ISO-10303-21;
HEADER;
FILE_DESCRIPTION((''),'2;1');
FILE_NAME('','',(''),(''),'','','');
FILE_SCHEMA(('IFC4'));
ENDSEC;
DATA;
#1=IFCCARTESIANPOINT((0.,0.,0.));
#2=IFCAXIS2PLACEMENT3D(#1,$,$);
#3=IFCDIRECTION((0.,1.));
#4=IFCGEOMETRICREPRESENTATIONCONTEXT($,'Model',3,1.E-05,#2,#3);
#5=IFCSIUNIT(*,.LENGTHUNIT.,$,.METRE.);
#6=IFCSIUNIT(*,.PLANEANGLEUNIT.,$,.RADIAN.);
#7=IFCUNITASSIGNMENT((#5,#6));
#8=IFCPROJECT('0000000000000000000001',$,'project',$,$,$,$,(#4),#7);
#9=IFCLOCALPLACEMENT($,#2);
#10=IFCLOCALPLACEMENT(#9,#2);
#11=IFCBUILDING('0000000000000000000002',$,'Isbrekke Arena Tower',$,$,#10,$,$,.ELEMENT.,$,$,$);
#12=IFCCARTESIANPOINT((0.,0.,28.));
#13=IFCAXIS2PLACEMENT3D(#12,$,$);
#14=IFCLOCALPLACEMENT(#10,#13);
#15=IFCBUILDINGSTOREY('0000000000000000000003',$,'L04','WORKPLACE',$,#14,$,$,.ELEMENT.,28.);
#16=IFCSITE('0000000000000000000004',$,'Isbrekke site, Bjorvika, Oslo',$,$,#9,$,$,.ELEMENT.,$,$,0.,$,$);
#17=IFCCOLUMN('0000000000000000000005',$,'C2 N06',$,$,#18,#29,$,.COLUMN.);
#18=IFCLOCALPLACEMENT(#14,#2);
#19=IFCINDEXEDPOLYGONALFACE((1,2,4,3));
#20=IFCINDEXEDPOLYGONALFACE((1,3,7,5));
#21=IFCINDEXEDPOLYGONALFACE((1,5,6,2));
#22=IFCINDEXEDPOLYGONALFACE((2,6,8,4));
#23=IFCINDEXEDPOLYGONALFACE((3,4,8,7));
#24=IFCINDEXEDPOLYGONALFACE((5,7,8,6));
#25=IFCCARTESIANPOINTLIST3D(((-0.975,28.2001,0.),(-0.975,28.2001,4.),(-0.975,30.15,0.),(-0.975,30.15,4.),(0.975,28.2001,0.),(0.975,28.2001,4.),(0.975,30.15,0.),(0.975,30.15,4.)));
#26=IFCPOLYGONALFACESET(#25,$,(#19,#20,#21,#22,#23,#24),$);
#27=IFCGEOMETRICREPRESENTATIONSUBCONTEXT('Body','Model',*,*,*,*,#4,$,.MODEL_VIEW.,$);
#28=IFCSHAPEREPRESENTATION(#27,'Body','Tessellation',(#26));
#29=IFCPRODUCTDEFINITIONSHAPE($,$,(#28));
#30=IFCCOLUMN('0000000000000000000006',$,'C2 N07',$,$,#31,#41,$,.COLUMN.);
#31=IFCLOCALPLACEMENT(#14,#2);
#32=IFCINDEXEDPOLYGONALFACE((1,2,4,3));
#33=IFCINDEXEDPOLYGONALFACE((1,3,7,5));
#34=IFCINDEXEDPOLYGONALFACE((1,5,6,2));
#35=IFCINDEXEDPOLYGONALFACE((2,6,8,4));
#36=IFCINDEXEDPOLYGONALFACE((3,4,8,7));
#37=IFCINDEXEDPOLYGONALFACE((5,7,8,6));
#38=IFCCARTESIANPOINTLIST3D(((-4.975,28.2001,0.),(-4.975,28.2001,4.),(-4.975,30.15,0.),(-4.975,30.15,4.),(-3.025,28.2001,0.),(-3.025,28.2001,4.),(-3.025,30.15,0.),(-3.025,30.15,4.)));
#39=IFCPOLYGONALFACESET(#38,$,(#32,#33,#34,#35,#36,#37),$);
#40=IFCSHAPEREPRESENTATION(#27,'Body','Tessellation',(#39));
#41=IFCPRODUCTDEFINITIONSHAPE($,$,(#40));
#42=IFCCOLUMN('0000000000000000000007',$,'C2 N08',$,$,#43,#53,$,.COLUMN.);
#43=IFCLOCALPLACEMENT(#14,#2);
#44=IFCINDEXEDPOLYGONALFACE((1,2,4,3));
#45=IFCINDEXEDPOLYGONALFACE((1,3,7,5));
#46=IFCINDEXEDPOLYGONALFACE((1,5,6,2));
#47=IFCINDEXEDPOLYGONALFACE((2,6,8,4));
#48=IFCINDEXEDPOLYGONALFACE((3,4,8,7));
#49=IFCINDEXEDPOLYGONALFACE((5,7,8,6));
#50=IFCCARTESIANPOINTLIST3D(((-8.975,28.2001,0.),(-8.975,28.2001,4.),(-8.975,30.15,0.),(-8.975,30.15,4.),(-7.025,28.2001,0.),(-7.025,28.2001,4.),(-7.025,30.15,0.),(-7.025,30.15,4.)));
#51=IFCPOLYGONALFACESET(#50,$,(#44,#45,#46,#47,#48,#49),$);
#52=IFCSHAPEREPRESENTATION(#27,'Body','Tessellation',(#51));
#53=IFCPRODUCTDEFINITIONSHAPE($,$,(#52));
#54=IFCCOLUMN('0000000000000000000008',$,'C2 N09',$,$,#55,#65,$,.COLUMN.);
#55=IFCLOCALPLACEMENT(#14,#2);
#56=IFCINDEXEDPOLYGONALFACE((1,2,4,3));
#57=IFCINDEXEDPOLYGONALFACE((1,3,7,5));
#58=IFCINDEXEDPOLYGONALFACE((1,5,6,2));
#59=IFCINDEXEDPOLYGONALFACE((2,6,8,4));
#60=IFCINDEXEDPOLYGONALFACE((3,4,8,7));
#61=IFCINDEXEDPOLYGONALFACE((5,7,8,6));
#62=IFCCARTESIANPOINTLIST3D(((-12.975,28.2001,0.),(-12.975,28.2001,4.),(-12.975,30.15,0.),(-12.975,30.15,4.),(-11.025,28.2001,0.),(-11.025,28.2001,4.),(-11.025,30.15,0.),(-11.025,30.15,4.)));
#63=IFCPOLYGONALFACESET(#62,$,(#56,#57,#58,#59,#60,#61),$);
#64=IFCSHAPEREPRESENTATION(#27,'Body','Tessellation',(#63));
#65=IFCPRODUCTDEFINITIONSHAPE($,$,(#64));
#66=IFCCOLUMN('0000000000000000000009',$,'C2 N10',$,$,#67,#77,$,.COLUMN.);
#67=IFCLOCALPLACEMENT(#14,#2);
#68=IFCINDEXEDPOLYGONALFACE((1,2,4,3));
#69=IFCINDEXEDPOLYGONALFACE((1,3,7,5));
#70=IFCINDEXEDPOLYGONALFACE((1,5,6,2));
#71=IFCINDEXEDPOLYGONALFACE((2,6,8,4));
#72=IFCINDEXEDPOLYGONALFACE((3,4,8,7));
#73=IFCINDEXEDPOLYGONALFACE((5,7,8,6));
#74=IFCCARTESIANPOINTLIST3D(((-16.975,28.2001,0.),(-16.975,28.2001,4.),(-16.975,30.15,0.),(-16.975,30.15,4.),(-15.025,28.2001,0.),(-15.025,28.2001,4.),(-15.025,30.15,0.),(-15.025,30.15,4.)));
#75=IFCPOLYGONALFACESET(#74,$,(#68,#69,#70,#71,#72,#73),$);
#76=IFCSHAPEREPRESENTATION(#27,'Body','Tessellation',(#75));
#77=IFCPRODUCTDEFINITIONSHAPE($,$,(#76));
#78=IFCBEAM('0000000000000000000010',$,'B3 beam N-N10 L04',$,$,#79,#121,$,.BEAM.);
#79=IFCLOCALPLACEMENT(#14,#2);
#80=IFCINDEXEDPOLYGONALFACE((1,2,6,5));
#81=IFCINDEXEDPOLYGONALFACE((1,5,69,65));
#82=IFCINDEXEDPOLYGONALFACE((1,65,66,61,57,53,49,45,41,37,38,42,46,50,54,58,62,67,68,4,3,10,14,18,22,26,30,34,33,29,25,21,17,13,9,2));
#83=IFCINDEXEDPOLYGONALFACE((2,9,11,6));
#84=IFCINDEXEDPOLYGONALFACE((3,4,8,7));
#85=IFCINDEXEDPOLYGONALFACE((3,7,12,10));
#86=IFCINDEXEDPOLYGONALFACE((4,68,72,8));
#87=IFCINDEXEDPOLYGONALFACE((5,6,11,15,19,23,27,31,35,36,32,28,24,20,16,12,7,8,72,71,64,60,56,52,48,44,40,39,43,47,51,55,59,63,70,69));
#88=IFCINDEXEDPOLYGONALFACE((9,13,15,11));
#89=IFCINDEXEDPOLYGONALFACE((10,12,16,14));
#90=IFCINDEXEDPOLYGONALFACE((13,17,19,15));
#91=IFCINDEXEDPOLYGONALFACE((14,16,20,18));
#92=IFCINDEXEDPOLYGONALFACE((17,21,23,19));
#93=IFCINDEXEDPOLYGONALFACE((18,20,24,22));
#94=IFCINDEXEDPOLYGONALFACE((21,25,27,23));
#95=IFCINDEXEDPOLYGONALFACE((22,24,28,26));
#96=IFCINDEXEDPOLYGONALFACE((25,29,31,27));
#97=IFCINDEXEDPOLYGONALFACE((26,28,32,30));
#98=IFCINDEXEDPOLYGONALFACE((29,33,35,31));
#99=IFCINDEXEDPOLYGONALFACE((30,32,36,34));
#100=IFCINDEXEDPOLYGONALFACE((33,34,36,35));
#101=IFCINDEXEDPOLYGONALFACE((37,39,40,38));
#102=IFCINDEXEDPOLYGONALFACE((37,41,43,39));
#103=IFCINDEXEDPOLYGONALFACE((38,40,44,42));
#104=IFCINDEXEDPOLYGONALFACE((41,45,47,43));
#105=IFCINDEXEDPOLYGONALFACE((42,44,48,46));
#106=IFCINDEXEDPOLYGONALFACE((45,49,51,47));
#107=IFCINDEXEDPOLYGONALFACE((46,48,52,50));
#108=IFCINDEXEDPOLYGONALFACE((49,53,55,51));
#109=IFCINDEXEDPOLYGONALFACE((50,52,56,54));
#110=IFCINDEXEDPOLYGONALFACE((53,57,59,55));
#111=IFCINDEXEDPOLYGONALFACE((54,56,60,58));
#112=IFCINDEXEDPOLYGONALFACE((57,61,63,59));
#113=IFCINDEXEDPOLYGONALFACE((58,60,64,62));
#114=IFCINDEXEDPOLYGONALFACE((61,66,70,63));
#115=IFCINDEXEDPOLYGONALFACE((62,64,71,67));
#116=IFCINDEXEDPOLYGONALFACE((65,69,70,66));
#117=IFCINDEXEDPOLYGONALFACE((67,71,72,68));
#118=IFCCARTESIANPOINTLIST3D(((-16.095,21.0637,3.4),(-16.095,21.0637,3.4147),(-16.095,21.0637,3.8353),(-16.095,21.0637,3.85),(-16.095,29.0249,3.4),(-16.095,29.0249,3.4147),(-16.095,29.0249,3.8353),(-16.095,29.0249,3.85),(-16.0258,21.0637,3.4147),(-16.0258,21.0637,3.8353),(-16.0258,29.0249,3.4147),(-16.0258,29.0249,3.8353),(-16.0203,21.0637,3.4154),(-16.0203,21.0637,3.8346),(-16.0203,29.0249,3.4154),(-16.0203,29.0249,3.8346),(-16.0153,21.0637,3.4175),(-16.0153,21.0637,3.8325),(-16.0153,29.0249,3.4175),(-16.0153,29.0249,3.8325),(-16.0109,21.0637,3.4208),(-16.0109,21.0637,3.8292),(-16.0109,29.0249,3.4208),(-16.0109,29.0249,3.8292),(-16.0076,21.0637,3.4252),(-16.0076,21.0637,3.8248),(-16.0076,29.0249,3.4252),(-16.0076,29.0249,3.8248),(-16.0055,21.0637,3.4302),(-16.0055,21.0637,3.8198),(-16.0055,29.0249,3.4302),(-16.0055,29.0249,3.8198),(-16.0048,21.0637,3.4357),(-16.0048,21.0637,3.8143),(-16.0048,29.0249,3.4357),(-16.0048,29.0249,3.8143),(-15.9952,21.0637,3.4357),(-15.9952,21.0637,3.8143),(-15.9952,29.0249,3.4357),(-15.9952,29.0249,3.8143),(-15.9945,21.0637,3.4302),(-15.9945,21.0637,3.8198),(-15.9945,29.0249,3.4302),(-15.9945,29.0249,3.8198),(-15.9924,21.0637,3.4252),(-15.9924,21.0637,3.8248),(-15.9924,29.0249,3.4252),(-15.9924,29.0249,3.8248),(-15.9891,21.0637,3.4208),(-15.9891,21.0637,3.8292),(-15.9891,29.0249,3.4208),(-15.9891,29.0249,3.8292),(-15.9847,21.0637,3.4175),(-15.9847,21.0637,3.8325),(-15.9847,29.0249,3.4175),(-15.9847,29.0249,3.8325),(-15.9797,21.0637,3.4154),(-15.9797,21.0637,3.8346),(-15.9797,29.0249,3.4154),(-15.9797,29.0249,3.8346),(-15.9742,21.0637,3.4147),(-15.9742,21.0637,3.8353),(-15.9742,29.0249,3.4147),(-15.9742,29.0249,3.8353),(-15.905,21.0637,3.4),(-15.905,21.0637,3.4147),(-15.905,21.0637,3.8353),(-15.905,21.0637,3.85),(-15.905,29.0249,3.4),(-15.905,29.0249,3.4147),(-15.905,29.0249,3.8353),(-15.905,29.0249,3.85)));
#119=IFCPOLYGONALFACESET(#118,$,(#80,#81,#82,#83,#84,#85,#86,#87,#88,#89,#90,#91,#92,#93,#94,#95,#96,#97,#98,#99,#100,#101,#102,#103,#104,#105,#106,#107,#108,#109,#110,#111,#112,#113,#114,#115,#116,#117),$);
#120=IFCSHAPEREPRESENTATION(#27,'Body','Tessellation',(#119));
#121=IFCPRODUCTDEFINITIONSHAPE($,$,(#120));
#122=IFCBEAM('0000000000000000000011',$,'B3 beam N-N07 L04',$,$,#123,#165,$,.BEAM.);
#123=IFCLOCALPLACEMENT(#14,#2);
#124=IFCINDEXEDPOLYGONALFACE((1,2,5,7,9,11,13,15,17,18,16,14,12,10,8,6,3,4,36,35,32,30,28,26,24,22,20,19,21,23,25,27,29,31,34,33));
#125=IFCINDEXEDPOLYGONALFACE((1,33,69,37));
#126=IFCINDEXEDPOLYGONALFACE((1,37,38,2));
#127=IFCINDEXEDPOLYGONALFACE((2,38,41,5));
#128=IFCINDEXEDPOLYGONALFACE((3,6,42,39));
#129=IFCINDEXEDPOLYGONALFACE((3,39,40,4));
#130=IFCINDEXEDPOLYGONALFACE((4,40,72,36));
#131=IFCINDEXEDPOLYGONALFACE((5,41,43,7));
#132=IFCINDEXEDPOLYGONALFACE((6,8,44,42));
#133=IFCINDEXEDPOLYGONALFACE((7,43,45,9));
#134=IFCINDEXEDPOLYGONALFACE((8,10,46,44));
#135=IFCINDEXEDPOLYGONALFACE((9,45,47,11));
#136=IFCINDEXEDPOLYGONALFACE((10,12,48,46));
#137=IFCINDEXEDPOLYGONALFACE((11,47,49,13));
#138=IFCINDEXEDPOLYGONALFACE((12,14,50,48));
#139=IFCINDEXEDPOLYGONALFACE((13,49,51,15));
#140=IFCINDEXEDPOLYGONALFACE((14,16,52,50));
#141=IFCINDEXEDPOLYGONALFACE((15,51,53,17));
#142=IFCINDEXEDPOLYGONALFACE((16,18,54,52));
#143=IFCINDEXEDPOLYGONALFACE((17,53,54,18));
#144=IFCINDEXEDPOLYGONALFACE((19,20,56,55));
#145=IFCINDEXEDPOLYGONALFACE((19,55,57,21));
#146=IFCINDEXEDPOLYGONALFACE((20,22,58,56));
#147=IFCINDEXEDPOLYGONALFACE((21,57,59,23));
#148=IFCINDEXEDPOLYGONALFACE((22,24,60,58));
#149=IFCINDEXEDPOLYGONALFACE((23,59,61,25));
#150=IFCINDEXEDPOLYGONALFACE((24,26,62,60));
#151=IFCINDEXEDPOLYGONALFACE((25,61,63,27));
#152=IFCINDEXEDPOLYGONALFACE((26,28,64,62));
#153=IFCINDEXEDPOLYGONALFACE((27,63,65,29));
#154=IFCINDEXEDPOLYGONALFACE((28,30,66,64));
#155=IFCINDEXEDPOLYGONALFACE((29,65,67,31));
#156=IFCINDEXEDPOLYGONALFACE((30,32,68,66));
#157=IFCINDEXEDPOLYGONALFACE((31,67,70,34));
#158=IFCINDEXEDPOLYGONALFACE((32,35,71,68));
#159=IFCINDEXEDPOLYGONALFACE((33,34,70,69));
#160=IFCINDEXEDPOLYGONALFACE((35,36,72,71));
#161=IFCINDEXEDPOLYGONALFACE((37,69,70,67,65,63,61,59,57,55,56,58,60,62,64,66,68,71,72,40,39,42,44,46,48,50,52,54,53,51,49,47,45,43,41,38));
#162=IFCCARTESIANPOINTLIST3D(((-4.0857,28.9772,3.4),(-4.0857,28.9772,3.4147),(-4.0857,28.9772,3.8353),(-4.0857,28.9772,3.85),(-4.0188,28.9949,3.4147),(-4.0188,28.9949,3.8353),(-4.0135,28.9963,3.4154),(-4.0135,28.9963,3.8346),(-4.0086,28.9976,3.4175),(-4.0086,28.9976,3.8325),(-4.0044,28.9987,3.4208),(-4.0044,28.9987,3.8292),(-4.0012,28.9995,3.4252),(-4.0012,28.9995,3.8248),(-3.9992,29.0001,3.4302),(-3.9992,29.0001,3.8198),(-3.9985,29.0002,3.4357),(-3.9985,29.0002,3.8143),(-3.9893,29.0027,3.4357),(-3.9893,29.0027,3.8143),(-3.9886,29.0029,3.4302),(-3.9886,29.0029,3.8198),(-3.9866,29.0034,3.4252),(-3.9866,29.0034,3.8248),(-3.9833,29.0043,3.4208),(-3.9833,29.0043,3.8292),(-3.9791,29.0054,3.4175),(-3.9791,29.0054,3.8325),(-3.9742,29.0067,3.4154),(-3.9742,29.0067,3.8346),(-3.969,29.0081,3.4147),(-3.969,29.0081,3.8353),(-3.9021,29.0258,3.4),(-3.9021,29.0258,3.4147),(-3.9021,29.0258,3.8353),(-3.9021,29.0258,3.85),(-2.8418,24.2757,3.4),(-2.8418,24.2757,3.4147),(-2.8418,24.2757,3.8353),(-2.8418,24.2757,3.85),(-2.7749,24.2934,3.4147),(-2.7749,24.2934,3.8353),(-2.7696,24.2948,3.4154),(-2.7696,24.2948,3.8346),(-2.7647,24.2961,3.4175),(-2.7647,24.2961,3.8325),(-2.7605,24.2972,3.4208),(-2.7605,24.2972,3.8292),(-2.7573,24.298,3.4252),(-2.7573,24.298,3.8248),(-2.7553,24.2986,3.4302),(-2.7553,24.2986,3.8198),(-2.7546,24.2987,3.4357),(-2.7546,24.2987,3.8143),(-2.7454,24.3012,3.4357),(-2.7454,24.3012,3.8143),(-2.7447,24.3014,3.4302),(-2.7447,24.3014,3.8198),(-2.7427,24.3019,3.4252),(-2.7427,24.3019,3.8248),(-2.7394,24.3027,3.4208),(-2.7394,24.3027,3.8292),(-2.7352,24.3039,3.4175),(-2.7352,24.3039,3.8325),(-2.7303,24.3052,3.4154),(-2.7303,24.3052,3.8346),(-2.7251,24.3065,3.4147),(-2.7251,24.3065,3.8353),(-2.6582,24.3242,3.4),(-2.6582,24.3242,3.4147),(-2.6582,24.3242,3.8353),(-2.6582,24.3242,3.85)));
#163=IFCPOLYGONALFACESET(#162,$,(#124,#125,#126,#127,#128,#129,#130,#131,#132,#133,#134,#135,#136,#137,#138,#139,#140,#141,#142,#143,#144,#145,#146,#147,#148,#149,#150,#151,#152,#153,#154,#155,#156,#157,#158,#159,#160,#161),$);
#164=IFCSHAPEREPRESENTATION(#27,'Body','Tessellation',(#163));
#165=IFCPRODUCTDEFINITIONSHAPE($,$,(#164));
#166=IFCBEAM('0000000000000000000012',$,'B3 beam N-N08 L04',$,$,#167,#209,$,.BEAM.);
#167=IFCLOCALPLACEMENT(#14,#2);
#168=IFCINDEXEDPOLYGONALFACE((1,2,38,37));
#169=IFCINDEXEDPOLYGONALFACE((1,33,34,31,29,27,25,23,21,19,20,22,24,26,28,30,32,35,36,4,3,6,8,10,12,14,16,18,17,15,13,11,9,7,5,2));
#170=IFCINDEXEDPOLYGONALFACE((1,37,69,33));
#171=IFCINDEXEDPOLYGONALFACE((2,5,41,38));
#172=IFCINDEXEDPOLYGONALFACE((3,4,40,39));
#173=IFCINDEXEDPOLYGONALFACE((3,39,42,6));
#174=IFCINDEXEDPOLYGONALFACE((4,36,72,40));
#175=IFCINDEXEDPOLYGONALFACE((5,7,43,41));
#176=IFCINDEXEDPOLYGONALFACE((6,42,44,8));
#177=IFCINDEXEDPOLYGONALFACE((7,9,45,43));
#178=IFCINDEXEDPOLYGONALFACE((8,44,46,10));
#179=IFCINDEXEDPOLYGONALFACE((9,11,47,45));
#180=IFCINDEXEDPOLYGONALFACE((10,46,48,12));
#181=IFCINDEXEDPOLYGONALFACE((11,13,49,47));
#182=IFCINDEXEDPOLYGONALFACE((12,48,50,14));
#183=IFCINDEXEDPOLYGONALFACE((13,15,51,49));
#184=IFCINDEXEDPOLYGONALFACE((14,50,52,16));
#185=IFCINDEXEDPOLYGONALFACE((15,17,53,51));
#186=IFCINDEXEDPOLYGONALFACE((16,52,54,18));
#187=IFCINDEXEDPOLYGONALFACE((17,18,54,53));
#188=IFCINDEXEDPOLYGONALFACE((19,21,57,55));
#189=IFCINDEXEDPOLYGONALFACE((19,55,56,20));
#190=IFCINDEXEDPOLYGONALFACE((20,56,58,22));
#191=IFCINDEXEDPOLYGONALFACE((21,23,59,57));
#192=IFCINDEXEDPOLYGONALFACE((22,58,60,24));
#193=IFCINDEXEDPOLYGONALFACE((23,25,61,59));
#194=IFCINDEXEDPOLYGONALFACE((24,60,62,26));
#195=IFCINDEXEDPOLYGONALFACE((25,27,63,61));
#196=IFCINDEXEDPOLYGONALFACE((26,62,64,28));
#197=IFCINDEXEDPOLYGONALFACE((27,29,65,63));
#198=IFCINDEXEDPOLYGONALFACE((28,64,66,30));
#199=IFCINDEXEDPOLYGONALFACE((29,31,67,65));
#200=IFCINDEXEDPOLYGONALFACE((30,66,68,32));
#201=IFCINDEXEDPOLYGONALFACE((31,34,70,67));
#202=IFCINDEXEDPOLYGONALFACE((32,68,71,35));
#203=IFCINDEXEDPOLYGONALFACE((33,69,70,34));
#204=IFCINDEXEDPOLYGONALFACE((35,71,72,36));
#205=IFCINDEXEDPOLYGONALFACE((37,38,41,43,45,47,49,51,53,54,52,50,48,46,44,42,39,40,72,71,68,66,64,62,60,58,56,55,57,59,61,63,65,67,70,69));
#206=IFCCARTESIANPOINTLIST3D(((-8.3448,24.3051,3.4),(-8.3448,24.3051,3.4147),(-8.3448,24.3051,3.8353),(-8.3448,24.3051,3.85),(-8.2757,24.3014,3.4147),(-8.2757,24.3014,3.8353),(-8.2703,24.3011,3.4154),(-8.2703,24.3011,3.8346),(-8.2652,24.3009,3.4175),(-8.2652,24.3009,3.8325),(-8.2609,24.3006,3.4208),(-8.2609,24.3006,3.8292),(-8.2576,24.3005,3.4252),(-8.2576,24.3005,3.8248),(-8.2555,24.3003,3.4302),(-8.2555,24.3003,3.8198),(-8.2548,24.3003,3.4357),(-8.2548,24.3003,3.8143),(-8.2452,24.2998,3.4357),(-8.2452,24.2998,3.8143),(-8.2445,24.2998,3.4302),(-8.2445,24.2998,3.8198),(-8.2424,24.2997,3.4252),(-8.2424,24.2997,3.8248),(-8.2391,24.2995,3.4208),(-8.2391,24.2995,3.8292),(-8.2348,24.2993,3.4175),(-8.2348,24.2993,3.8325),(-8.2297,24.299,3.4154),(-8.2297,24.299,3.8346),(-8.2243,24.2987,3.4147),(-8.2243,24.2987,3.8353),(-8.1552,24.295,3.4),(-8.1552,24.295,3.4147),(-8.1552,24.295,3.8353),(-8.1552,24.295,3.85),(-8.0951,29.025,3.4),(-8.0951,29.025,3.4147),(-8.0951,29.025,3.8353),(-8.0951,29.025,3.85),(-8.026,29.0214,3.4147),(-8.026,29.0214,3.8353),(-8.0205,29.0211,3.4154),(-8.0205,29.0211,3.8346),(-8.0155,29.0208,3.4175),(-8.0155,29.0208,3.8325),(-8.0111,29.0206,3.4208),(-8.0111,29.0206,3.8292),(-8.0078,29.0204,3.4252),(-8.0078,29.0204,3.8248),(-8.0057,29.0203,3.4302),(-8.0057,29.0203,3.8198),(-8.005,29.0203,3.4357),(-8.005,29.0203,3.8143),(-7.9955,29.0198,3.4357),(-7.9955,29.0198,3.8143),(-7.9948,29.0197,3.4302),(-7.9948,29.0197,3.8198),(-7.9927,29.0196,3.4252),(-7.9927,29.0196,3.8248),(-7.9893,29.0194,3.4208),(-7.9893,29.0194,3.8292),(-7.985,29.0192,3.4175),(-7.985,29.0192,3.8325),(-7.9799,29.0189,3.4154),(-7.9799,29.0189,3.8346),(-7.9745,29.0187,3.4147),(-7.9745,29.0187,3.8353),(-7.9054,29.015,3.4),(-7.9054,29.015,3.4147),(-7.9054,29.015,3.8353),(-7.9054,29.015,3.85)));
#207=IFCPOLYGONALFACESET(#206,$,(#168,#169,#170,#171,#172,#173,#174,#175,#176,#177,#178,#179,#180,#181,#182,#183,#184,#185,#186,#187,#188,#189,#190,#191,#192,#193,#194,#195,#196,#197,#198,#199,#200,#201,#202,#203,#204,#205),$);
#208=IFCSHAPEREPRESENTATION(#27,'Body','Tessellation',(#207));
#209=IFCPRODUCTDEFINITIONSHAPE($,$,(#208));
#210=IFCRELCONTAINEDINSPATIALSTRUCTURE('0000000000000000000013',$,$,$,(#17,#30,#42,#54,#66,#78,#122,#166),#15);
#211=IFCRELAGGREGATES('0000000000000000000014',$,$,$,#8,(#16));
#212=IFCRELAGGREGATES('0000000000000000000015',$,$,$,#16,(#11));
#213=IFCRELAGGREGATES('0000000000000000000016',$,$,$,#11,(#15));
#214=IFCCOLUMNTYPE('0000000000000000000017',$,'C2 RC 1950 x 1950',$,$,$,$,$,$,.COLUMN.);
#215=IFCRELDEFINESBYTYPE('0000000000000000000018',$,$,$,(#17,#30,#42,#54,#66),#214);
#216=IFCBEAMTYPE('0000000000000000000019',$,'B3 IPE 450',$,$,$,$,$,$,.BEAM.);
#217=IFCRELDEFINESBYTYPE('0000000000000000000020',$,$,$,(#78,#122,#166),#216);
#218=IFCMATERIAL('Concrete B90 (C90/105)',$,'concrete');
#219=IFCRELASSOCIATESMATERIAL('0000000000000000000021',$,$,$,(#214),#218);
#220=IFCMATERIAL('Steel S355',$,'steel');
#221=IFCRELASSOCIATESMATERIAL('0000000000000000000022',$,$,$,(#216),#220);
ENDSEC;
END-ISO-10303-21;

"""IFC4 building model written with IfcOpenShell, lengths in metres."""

from ifc_helpers import new_model, si_unit, direction, frame, origin, origin_2d, place, context, subcontext, project, spatial, rectangle, i_section, extrude, material, material_profile, profile_set, type_object, element, save


model = new_model("IFC4")

# Units and contexts
model_context = context("Model", 3, precision=1e-05, world=origin(), true_north=direction((0.0, 1.0)))
body_context = subcontext(model_context, "Body", "Model", "MODEL_VIEW")
ifc_project = project(units=[si_unit("LENGTHUNIT", "METRE"), si_unit("PLANEANGLEUNIT", "RADIAN")], contexts=[model_context])

# Site, building, storey
site_placement = place(None, origin())
site = spatial("IfcSite", under=ifc_project, at=site_placement, Name="Isbrekke site, Bjorvika, Oslo", CompositionType="ELEMENT", RefElevation=0.0)
building_placement = place(site_placement, origin())
building = spatial("IfcBuilding", under=site, at=building_placement, Name="Isbrekke Arena Tower", CompositionType="ELEMENT")
storey_placement = place(building_placement, frame((0.0, 0.0, 28.0)))
storey = spatial("IfcBuildingStorey", under=building, at=storey_placement, Name="L04", Description="WORKPLACE", CompositionType="ELEMENT", Elevation=28.0)

# Columns
ifc_material_1 = material(Name="Concrete B90 (C90/105)", Category="concrete")
ifc_material_profile_1 = material_profile(ifc_material_1, rectangle(XDim=1.95, YDim=1.95, at=origin_2d()), Name="RC 1950x1950")
ifc_profile_set_1 = profile_set([ifc_material_profile_1], Name="Concrete B90 (C90/105)")
column_type = type_object("IfcColumnType", Name="C2 RC 1950 x 1950", PredefinedType="COLUMN", material=ifc_profile_set_1)
for number, where, z_axis, x_axis, name in (
    (1, (0.0, 29.175, 0.0), (0.0, 0.0, 1.0), (-1.0, 0.0, 0.0), "C2 N06"),
    (2, (-4.0, 29.175, 0.0), (0.0, 0.0, 1.0), (-1.0, 0.0, 0.0), "C2 N07"),
    (3, (-8.0, 29.175, 0.0), (0.0, 0.0, 1.0), (-1.0, 0.0, 0.0), "C2 N08"),
    (4, (-12.0, 29.175, 0.0), (0.0, 0.0, 1.0), (-1.0, 0.0, 0.0), "C2 N09"),
    (5, (-16.0, 29.175, 0.0), (0.0, 0.0, 1.0), (-1.0, 0.0, 0.0), "C2 N10"),
):
    element("IfcColumn", number, at=place(storey_placement, frame(where, z_axis=z_axis, x_axis=x_axis)), inside=storey, type_object=column_type, Name=name, PredefinedType="COLUMN", context=body_context, shape_type="SweptSolid", body=[
        extrude(rectangle(XDim=1.95, YDim=1.95, at=origin_2d()), origin(), (0.0, 0.0, 1.0), 4.0),
    ])

# Beams
ifc_material_2 = material(Name="Steel S355", Category="steel")
ifc_material_profile_2 = material_profile(ifc_material_2, i_section(OverallWidth=0.1899, OverallDepth=0.45, WebThickness=0.0095, FlangeThickness=0.0146, FilletRadius=0.021, at=origin_2d()), Name="IPE 450")
ifc_profile_set_2 = profile_set([ifc_material_profile_2], Name="Steel S355")
beam_type_1 = type_object("IfcBeamType", Name="B3 IPE 450", PredefinedType="BEAM", material=ifc_profile_set_2)
beam_1_placement = place(storey_placement, frame((-16.0, 29.0249, 3.625), z_axis=(0.0, -1.0, 0.0), x_axis=(1.0, 0.0, 0.0)))
element("IfcBeam", 6, at=beam_1_placement, inside=storey, type_object=beam_type_1, Name="B3 beam N-N10 L04", PredefinedType="BEAM", context=body_context, shape_type="SweptSolid", body=[
    extrude(i_section(OverallWidth=0.1899, OverallDepth=0.45, WebThickness=0.0095, FlangeThickness=0.0146, FilletRadius=0.021, at=origin_2d()), origin(), (0.0, 0.0, 1.0), 7.9612),
])
beam_2_placement = place(storey_placement, frame((-3.9939, 29.0015, 3.625), z_axis=(0.255778, -0.966736, 0.0), x_axis=(0.966736, 0.255778, 0.0)))
element("IfcBeam", 7, at=beam_2_placement, inside=storey, type_object=beam_type_1, Name="B3 beam N-N07 L04", PredefinedType="BEAM", context=body_context, shape_type="SweptSolid", body=[
    extrude(i_section(OverallWidth=0.1899, OverallDepth=0.45, WebThickness=0.0095, FlangeThickness=0.0146, FilletRadius=0.021, at=origin_2d()), origin(), (0.0, 0.0, 1.0), 4.8633),
])
beam_3_placement = place(storey_placement, frame((-8.0002, 29.02, 3.625), z_axis=(-0.052841, -0.998603, 0.0), x_axis=(0.998603, -0.052841, 0.0)))
element("IfcBeam", 8, at=beam_3_placement, inside=storey, type_object=beam_type_1, Name="B3 beam N-N08 L04", PredefinedType="BEAM", context=body_context, shape_type="SweptSolid", body=[
    extrude(i_section(OverallWidth=0.1899, OverallDepth=0.45, WebThickness=0.0095, FlangeThickness=0.0146, FilletRadius=0.021, at=origin_2d()), origin(), (0.0, 0.0, 1.0), 4.7266),
])

save(model, "model.ifc")
